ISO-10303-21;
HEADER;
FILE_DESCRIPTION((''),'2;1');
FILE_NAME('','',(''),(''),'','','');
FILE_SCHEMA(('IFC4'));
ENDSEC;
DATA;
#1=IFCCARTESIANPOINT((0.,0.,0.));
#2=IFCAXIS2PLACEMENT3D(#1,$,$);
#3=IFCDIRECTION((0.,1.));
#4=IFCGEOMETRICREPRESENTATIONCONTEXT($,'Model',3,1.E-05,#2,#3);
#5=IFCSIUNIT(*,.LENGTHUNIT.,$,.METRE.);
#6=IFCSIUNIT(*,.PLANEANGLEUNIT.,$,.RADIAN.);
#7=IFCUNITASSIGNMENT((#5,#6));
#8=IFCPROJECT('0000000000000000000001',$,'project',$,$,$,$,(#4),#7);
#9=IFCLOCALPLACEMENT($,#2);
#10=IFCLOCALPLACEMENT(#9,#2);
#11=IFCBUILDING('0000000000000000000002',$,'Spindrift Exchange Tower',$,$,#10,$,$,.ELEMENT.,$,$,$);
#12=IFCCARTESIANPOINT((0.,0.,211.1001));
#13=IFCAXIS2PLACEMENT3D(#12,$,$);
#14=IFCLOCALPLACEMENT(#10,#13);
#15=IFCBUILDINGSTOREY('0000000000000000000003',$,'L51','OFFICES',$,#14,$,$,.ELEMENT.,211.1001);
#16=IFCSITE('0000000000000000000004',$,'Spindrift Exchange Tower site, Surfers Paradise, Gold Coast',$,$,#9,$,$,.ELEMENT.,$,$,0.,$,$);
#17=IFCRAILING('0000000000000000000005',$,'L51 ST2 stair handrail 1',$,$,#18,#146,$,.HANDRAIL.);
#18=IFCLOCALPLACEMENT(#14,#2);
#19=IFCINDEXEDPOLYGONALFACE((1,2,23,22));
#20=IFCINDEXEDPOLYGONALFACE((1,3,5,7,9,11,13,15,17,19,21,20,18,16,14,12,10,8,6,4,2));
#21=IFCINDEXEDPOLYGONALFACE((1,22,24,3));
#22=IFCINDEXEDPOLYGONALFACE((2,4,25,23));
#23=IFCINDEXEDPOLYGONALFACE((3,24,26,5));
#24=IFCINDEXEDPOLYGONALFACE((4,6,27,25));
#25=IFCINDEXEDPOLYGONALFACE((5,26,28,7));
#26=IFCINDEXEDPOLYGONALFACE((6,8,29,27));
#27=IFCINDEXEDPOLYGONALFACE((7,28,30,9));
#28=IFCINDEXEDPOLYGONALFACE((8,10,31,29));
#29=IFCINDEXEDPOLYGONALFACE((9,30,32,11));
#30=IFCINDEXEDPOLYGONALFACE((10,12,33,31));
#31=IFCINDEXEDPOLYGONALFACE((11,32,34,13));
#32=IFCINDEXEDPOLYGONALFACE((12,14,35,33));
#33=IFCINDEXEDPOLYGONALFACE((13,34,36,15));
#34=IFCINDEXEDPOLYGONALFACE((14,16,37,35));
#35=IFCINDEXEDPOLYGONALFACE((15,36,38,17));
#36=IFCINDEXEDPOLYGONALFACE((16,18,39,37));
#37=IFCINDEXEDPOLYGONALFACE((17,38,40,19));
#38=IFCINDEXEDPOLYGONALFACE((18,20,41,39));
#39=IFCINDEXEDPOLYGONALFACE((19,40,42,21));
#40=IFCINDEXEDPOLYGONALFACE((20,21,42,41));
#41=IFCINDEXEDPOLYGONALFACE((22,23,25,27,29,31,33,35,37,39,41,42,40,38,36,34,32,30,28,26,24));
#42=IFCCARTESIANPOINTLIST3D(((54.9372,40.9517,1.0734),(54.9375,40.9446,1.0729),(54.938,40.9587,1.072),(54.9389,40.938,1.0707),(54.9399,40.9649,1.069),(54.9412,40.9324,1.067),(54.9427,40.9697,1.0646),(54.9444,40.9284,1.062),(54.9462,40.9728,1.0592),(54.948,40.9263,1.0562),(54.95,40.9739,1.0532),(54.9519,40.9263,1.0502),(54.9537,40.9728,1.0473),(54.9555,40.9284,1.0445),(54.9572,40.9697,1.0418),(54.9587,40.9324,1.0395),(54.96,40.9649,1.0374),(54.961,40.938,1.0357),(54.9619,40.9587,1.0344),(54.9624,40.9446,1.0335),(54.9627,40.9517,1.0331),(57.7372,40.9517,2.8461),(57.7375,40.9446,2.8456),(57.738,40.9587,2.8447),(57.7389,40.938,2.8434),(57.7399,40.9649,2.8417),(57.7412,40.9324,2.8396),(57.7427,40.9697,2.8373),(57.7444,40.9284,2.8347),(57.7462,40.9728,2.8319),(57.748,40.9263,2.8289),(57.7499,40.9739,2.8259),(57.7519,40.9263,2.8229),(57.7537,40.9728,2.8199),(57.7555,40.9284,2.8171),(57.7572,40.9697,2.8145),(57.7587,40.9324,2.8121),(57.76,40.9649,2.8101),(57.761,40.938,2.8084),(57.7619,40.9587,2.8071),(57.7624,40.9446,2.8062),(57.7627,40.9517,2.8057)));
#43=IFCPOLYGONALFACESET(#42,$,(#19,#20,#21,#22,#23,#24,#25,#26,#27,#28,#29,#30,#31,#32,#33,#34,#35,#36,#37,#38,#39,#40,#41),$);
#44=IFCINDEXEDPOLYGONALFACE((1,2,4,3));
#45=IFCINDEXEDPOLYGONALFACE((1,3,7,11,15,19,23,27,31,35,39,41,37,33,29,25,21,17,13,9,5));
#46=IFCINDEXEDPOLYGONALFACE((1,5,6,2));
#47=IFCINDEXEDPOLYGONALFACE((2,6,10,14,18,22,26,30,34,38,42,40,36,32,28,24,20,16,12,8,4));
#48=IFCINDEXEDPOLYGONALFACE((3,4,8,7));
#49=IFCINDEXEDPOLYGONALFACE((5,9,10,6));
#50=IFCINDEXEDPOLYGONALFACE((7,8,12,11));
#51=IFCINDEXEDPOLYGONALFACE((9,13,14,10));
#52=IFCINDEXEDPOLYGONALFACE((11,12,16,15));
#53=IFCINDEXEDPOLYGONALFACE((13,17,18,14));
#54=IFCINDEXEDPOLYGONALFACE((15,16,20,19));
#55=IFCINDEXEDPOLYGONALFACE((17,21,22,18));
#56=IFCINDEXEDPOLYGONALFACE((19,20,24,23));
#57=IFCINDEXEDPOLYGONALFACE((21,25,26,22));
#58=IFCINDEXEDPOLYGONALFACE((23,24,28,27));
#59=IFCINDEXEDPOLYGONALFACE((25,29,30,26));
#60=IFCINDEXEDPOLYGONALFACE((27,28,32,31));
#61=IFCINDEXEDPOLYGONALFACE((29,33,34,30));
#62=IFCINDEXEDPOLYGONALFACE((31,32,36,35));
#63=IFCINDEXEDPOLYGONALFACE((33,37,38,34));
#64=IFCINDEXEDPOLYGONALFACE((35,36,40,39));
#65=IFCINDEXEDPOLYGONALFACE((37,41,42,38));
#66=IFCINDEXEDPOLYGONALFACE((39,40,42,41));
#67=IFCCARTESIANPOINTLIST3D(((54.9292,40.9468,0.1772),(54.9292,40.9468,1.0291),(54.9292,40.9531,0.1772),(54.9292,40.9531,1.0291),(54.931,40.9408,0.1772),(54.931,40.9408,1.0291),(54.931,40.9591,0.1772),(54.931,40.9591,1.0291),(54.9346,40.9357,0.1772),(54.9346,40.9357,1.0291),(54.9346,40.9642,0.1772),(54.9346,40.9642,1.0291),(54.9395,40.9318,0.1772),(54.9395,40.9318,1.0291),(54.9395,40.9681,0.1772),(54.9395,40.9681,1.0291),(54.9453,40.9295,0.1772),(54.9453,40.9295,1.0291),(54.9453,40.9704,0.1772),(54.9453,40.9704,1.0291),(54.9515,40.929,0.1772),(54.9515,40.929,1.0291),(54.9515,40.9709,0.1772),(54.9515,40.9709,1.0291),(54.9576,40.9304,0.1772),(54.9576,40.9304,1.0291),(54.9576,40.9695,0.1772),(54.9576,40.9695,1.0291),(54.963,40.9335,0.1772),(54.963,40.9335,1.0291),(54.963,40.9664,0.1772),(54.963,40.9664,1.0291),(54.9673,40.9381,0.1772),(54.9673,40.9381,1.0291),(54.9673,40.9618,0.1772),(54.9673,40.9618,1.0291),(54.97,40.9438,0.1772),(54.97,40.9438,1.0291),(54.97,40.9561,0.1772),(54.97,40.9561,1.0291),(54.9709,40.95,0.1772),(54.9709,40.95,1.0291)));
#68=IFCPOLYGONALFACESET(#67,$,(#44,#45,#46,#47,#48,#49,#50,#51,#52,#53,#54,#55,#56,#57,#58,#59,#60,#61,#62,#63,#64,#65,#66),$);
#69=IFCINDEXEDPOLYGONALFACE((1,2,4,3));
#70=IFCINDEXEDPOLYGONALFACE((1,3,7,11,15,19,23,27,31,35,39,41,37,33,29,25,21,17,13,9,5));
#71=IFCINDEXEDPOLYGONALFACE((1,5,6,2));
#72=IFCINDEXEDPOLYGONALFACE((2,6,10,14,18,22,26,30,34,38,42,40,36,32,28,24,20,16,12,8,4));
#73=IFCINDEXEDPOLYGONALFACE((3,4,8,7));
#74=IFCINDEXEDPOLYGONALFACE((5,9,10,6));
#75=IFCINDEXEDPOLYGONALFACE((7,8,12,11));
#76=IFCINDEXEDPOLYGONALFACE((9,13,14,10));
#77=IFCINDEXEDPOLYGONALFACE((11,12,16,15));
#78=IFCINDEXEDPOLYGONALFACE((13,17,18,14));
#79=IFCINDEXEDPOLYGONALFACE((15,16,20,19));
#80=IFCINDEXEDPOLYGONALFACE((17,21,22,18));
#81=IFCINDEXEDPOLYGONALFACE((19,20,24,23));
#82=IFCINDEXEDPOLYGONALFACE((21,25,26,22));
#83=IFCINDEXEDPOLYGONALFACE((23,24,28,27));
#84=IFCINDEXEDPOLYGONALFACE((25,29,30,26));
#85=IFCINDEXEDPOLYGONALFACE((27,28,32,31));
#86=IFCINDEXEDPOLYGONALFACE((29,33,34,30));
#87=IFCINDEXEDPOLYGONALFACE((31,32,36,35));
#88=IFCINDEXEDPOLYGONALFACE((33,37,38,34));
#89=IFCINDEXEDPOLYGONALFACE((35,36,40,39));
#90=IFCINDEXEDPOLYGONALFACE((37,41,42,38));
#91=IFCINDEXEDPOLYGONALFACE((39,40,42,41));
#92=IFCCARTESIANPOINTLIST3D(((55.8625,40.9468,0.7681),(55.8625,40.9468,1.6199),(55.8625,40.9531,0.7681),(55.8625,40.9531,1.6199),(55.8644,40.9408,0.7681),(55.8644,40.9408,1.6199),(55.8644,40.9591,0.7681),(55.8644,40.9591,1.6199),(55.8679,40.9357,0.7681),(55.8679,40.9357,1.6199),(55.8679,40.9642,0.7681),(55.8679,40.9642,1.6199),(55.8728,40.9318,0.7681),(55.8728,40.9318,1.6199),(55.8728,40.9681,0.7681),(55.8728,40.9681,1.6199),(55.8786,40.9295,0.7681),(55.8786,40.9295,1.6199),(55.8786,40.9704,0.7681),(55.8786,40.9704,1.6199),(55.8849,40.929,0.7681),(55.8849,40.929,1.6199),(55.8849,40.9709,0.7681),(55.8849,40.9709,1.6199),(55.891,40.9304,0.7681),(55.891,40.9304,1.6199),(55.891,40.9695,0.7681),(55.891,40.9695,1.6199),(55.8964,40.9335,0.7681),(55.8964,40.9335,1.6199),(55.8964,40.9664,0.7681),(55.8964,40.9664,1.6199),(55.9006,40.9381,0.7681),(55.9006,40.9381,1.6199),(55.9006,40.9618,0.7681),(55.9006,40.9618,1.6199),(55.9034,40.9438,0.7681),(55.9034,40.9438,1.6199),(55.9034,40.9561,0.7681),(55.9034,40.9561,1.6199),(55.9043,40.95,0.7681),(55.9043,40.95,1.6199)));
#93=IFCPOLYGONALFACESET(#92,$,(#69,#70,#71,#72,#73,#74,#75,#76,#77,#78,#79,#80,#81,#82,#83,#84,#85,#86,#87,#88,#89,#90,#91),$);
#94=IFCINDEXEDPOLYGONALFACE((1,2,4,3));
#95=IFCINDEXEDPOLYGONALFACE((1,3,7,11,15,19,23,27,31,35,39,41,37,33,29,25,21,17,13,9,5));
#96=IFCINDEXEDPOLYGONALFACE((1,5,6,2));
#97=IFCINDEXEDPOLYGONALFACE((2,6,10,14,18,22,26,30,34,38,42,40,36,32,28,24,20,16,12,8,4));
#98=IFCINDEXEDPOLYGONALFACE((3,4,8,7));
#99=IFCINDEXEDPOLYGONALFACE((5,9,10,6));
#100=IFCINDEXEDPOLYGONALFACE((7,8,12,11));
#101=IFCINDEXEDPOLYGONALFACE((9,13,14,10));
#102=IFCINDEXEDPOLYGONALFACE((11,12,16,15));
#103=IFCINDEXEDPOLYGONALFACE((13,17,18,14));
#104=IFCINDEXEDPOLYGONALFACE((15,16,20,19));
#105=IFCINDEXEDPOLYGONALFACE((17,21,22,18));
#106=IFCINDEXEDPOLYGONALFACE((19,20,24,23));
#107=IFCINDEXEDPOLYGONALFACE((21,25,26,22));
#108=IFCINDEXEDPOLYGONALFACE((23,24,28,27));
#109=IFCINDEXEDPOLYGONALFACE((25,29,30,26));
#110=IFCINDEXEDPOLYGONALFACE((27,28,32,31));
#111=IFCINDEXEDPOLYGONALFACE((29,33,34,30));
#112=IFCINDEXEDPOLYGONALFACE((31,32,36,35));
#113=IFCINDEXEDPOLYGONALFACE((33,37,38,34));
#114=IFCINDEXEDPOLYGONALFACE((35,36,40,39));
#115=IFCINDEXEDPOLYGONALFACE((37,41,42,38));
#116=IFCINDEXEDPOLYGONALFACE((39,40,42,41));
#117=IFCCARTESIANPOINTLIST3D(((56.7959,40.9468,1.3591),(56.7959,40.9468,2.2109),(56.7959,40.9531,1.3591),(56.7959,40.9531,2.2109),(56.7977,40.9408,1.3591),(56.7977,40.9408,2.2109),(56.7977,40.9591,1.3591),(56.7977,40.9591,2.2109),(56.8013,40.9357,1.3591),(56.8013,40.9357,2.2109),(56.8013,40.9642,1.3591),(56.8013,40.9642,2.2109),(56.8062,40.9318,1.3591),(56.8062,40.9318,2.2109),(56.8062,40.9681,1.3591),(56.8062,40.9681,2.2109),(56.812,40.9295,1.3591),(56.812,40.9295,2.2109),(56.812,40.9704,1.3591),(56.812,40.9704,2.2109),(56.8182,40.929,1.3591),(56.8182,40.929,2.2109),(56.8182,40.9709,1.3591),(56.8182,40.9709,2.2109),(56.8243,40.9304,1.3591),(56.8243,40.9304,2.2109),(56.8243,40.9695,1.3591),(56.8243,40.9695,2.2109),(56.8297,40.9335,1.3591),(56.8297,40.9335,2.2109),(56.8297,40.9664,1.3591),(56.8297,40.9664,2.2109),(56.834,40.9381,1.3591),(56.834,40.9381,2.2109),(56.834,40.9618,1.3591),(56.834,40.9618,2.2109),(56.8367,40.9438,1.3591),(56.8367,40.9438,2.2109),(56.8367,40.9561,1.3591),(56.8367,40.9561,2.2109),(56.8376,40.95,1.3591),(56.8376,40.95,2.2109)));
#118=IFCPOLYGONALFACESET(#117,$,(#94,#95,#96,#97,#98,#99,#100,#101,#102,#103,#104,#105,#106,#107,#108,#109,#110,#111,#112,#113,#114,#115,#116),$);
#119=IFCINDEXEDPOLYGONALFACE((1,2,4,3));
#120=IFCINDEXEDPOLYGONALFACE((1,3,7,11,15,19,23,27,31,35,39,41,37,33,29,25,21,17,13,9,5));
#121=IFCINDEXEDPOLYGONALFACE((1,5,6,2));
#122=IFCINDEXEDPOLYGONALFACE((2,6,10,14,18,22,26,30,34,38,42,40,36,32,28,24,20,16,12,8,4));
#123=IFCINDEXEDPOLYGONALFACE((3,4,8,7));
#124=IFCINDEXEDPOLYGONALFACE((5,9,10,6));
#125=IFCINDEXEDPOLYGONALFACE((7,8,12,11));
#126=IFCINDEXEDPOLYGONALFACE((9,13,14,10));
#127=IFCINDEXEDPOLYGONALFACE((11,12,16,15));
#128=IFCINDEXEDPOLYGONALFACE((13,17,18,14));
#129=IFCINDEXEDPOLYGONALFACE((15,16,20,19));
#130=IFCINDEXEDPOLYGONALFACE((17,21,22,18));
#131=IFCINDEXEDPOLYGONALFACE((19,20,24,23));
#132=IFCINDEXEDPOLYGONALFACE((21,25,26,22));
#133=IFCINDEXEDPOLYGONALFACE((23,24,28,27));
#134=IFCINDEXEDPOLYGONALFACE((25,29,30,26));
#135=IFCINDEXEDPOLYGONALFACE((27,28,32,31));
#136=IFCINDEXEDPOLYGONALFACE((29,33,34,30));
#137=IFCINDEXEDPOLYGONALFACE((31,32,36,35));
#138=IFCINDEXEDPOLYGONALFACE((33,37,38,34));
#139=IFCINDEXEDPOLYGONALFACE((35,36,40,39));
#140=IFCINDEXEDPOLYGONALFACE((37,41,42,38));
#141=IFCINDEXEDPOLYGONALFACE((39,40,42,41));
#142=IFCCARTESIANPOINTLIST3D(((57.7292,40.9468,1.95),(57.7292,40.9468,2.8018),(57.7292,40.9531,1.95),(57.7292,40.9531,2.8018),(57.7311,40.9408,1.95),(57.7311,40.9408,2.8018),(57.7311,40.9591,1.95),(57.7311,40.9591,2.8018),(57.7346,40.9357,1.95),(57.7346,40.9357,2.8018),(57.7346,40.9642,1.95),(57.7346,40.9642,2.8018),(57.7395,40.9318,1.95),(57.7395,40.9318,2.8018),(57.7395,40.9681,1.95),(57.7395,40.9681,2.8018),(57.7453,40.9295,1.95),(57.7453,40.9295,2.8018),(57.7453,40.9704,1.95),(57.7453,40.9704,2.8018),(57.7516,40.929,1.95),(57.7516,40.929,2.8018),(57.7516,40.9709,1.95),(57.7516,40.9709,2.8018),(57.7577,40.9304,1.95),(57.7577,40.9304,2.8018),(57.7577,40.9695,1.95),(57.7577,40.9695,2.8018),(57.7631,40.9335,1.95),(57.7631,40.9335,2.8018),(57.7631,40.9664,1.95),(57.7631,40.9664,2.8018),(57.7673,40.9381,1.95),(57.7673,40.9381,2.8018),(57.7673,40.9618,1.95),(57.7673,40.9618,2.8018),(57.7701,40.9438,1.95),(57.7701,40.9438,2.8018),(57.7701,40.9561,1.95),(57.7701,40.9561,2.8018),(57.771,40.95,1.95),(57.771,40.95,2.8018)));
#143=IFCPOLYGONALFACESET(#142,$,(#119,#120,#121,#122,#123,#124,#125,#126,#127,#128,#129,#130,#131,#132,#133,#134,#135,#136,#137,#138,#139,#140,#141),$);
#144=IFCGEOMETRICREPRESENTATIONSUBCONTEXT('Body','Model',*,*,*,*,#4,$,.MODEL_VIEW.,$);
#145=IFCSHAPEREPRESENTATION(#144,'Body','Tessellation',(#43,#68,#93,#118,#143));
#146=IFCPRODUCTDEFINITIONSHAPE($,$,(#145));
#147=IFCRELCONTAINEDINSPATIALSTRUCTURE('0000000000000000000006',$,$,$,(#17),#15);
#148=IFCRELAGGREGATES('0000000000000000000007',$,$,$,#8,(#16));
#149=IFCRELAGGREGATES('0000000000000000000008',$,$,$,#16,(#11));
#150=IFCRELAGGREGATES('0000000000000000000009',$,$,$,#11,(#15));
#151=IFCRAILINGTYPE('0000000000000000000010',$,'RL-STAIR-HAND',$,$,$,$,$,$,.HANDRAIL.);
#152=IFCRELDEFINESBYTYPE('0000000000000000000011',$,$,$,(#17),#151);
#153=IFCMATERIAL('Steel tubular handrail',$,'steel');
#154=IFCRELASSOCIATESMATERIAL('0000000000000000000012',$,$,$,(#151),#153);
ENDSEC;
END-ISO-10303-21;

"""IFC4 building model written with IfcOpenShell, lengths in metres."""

from ifc_helpers import new_model, si_unit, direction, frame, origin, origin_2d, place, context, subcontext, project, spatial, circle, extrude, material, type_object, element, save


model = new_model("IFC4")

# Units and contexts
model_context = context("Model", 3, precision=1e-05, world=origin(), true_north=direction((0.0, 1.0)))
body_context = subcontext(model_context, "Body", "Model", "MODEL_VIEW")
ifc_project = project(units=[si_unit("LENGTHUNIT", "METRE"), si_unit("PLANEANGLEUNIT", "RADIAN")], contexts=[model_context])

# Site, building, storey
site_placement = place(None, origin())
site = spatial("IfcSite", under=ifc_project, at=site_placement, Name="Spindrift Exchange Tower site, Surfers Paradise, Gold Coast", CompositionType="ELEMENT", RefElevation=0.0)
building_placement = place(site_placement, origin())
building = spatial("IfcBuilding", under=site, at=building_placement, Name="Spindrift Exchange Tower", CompositionType="ELEMENT")
storey_placement = place(building_placement, frame((0.0, 0.0, 211.1001)))
storey = spatial("IfcBuildingStorey", under=building, at=storey_placement, Name="L51", Description="OFFICES", CompositionType="ELEMENT", Elevation=211.1001)

# Railing
ifc_material_1 = material(Name="Steel tubular handrail", Category="steel")
railing_type_1 = type_object("IfcRailingType", Name="RL-STAIR-HAND", PredefinedType="HANDRAIL", material=ifc_material_1)
railing_1_placement = place(storey_placement, frame((54.95, 40.95, 0.1772)))
element("IfcRailing", 1, at=railing_1_placement, inside=storey, type_object=railing_type_1, Name="L51 ST2 stair handrail 1", PredefinedType="HANDRAIL", context=body_context, shape_type="SweptSolid", body=[
    extrude(circle(Radius=0.0239, at=origin_2d()), frame((0.0, 0.0, 0.876), z_axis=(0.844909, 0.0, 0.53491), x_axis=(0.0, 1.0, 0.0)), (0.0, 0.0, 1.0), 3.314),
    extrude(circle(Radius=0.021, at=origin_2d()), origin(), (0.0, 0.0, 1.0), 0.8518),
    extrude(circle(Radius=0.021, at=origin_2d()), frame((0.9333, 0.0, 0.5908)), (0.0, 0.0, 1.0), 0.8518),
    extrude(circle(Radius=0.021, at=origin_2d()), frame((1.8667, 0.0, 1.1819)), (0.0, 0.0, 1.0), 0.8518),
    extrude(circle(Radius=0.021, at=origin_2d()), frame((2.8, 0.0, 1.7727)), (0.0, 0.0, 1.0), 0.8518),
])

save(model, "model.ifc")
